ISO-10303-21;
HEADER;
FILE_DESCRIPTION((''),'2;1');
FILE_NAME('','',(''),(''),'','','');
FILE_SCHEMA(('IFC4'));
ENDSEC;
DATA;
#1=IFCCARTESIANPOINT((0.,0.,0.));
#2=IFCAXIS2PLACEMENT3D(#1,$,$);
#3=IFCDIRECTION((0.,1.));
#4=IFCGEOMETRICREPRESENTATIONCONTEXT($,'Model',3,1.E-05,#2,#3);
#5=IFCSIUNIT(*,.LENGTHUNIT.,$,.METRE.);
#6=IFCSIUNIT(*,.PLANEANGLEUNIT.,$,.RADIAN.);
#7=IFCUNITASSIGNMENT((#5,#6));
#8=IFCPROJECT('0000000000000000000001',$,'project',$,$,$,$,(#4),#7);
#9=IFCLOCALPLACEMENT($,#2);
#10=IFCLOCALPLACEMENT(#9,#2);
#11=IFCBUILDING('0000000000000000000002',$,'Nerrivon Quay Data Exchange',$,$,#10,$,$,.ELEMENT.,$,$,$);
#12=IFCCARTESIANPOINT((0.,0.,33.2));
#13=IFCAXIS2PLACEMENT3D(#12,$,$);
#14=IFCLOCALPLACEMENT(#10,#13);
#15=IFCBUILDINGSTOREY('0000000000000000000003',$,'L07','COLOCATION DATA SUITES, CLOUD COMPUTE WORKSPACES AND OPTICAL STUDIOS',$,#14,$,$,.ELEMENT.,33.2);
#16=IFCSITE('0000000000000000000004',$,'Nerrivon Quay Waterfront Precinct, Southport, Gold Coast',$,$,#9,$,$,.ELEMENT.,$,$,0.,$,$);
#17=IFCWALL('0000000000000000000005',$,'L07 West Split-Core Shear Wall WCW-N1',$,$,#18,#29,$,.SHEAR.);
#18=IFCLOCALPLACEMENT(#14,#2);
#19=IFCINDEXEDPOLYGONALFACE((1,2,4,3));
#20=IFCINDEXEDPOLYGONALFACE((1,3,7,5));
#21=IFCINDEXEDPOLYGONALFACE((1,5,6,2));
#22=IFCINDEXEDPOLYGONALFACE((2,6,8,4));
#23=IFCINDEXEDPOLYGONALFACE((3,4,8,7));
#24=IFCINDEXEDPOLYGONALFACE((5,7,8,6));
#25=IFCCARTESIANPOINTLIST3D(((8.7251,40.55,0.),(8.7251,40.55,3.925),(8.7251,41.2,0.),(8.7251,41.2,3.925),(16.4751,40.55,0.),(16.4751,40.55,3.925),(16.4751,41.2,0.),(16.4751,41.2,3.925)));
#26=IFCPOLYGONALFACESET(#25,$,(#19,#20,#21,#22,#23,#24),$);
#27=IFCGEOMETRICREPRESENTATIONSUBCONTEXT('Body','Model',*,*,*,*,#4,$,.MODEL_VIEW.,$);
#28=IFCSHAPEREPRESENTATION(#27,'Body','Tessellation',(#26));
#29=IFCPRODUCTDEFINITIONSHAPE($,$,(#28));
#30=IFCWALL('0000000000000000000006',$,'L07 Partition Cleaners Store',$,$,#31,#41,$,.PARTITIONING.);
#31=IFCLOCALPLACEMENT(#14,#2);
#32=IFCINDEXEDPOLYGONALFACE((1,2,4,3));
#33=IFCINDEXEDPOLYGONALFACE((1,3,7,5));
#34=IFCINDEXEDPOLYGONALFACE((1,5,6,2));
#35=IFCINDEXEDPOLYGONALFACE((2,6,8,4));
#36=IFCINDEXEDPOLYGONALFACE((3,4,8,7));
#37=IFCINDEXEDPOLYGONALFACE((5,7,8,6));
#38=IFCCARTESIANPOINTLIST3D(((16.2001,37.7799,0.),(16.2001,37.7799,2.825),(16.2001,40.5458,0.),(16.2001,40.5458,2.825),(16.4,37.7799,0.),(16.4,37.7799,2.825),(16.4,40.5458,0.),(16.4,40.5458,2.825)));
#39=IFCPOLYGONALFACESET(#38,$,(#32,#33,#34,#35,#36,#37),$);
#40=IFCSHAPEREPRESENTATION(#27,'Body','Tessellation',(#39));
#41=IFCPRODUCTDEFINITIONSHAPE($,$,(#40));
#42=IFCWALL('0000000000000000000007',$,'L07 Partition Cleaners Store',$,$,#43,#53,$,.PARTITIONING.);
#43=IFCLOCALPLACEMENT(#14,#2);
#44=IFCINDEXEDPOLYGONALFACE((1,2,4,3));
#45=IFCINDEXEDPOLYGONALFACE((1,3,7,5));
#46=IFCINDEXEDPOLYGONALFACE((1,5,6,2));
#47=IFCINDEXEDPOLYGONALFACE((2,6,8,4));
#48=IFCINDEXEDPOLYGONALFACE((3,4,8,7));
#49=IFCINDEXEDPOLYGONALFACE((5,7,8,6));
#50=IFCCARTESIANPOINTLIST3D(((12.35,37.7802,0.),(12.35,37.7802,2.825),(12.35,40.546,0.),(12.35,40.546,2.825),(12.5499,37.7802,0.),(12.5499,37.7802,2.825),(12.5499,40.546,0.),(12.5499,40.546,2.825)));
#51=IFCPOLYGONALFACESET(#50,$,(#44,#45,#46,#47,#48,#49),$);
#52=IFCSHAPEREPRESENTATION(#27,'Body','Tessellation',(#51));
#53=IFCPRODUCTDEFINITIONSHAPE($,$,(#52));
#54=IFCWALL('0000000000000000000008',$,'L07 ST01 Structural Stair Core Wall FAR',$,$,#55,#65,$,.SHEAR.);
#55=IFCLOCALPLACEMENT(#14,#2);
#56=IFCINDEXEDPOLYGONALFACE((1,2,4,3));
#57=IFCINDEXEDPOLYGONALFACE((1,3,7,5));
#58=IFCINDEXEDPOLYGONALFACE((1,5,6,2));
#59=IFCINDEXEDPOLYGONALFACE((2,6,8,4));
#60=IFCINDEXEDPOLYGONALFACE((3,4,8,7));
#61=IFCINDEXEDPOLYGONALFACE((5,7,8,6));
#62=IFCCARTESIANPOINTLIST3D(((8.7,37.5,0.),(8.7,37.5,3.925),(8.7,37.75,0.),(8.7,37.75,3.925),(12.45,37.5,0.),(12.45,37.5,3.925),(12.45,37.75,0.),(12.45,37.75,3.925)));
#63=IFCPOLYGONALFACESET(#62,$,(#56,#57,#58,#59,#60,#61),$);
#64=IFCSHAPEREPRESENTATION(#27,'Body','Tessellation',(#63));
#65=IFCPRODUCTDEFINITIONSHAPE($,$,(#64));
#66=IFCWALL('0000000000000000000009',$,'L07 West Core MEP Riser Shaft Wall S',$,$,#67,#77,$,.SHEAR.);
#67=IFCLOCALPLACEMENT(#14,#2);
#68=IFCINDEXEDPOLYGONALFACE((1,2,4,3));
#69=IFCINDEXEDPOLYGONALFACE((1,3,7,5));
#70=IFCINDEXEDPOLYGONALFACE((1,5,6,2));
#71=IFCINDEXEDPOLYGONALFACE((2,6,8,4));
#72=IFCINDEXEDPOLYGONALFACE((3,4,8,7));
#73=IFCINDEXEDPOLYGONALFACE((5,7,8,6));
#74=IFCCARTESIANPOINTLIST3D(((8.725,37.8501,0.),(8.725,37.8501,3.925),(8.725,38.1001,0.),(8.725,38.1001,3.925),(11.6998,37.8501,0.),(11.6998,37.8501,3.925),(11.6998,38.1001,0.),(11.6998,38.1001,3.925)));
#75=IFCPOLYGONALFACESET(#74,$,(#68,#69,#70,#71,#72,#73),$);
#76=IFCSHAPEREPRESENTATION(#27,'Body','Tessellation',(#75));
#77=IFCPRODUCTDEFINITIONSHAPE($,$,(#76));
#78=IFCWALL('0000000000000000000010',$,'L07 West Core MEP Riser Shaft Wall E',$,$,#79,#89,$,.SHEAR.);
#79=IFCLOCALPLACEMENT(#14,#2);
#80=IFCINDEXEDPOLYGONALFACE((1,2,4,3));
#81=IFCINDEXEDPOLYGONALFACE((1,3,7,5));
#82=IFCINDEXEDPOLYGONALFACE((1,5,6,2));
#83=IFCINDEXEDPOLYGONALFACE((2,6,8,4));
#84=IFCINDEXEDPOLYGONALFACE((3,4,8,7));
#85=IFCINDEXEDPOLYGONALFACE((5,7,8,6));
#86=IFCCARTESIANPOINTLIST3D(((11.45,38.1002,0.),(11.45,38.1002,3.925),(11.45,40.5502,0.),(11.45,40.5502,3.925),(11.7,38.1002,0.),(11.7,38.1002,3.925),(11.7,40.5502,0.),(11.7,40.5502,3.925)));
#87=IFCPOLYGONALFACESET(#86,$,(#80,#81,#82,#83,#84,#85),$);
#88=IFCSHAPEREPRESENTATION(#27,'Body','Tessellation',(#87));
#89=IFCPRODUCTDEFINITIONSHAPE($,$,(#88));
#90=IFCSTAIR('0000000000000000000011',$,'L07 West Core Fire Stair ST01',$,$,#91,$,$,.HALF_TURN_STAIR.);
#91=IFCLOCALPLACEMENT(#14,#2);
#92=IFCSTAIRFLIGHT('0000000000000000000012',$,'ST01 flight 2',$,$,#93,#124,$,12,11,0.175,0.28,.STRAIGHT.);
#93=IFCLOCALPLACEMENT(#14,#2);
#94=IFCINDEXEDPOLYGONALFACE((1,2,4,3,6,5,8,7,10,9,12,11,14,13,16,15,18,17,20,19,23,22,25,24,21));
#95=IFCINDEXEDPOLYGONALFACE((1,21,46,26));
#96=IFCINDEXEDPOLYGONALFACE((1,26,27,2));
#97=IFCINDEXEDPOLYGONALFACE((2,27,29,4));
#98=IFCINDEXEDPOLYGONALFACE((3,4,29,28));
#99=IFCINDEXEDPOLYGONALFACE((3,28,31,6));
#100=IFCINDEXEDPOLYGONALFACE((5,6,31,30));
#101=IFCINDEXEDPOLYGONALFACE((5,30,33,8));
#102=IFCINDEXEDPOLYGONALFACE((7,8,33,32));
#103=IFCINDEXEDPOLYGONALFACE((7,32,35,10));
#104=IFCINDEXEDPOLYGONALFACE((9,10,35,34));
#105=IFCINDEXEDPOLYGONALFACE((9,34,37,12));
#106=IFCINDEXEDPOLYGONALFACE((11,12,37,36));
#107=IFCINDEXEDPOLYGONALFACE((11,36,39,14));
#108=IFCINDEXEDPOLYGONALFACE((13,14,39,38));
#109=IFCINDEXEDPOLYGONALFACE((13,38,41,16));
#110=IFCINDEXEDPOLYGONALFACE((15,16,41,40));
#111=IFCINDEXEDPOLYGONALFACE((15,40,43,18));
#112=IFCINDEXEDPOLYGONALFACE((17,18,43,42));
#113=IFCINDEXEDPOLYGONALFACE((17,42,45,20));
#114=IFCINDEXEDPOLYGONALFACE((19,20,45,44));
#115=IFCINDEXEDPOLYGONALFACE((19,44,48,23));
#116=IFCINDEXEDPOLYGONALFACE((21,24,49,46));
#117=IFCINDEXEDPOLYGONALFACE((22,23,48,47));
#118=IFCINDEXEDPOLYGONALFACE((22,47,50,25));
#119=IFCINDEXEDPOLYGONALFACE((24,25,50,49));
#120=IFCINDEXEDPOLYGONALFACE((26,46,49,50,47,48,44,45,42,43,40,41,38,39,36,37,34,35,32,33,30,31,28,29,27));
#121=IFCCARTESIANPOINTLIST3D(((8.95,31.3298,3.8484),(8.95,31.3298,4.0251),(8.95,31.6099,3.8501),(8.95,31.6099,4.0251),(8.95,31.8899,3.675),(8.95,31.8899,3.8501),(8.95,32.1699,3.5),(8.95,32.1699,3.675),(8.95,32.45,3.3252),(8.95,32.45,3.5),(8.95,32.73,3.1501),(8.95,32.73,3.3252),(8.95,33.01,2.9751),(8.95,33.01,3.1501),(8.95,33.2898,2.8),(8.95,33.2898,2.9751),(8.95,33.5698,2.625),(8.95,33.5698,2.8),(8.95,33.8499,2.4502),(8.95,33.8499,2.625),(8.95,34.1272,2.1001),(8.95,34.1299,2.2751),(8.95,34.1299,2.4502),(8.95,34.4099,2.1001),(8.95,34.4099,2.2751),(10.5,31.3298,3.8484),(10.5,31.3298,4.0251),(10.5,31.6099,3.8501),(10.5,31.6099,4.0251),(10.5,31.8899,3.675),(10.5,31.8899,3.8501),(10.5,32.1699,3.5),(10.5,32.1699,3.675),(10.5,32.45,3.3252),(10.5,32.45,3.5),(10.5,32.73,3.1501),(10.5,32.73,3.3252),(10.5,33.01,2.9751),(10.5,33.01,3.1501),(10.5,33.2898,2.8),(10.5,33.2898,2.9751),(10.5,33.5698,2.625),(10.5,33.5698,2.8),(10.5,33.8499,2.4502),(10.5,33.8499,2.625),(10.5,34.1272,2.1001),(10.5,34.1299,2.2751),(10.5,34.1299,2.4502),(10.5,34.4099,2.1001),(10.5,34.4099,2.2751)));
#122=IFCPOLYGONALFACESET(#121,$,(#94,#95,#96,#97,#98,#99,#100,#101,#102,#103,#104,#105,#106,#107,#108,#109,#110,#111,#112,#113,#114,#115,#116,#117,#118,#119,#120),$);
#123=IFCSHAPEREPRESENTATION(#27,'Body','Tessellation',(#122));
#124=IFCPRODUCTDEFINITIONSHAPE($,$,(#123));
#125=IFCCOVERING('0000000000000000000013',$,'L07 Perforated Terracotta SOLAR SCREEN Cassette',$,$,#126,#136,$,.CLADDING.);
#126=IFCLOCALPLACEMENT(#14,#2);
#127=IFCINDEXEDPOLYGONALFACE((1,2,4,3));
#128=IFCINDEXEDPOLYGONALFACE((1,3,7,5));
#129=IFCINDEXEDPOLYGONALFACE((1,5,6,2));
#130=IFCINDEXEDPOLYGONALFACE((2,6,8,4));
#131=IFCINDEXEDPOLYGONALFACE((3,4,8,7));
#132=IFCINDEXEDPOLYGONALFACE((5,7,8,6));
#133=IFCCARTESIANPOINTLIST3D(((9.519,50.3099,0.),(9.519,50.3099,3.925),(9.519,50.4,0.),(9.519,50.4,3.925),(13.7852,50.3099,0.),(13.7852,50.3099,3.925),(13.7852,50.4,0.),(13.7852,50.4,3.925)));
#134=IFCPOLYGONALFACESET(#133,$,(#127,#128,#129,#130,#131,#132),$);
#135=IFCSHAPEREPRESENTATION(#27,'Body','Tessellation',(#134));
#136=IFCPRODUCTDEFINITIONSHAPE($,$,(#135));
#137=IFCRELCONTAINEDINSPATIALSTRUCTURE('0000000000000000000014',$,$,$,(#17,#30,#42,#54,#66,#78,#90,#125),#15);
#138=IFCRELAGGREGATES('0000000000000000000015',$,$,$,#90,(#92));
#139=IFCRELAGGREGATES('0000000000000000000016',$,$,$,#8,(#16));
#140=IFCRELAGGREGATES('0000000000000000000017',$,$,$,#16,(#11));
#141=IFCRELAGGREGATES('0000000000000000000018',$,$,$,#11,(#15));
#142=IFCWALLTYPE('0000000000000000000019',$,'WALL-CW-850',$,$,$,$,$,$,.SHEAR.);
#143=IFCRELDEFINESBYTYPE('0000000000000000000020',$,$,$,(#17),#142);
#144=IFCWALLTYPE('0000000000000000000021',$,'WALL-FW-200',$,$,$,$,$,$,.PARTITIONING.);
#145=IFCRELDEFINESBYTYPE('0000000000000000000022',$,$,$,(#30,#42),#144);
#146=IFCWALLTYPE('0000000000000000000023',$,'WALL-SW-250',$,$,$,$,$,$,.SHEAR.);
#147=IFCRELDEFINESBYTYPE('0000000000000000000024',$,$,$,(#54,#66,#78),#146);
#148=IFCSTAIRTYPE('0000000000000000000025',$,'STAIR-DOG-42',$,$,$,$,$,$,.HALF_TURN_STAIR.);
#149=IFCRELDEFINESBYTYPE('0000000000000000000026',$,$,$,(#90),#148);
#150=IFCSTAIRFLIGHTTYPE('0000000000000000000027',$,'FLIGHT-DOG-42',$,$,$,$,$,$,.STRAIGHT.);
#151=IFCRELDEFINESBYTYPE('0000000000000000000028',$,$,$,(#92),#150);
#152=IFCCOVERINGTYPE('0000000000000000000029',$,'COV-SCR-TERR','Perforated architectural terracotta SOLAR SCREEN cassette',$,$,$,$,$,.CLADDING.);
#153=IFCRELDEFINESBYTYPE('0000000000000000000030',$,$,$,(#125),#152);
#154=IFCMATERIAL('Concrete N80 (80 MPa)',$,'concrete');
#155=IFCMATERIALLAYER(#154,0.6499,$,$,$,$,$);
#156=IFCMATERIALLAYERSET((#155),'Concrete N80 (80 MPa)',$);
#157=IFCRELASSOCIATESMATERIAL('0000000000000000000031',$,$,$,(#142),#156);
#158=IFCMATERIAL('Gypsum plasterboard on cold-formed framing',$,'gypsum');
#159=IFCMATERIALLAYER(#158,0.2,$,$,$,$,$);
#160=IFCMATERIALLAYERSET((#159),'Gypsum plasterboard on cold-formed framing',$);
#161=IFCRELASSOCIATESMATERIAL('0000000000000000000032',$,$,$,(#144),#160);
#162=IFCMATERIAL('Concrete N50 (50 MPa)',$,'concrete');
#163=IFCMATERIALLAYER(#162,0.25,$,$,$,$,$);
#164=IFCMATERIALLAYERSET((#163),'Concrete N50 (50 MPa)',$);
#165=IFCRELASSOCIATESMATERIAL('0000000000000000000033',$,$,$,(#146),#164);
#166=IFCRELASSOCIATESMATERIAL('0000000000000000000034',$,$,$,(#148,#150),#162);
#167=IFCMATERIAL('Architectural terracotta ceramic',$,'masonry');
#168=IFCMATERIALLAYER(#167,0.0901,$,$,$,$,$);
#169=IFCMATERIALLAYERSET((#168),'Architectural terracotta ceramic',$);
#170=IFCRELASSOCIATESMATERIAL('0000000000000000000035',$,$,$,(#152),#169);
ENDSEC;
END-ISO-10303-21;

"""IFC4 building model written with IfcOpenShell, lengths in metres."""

from ifc_helpers import new_model, si_unit, direction, frame, frame_2d, origin, origin_2d, place, context, subcontext, project, spatial, polyline, rectangle, outline, extrude, material, layer, layer_set, type_object, element, aggregate, save


model = new_model("IFC4")

# Units and contexts
model_context = context("Model", 3, precision=1e-05, world=origin(), true_north=direction((0.0, 1.0)))
body_context = subcontext(model_context, "Body", "Model", "MODEL_VIEW")
ifc_project = project(units=[si_unit("LENGTHUNIT", "METRE"), si_unit("PLANEANGLEUNIT", "RADIAN")], contexts=[model_context])

# Site, building, storey
site_placement = place(None, origin())
site = spatial("IfcSite", under=ifc_project, at=site_placement, Name="Nerrivon Quay Waterfront Precinct, Southport, Gold Coast", CompositionType="ELEMENT", RefElevation=0.0)
building_placement = place(site_placement, origin())
building = spatial("IfcBuilding", under=site, at=building_placement, Name="Nerrivon Quay Data Exchange", CompositionType="ELEMENT")
storey_placement = place(building_placement, frame((0.0, 0.0, 33.2)))
storey = spatial("IfcBuildingStorey", under=building, at=storey_placement, Name="L07", Description="COLOCATION DATA SUITES, CLOUD COMPUTE WORKSPACES AND OPTICAL STUDIOS", CompositionType="ELEMENT", Elevation=33.2)

# Shared definitions
ifc_material_1 = material(Name="Concrete N80 (80 MPa)", Category="concrete")

# Walls
ifc_layer_1 = layer(ifc_material_1, 0.6499)
ifc_layer_set_1 = layer_set([ifc_layer_1], Name="Concrete N80 (80 MPa)")
wall_type_1 = type_object("IfcWallType", Name="WALL-CW-850", PredefinedType="SHEAR", material=ifc_layer_set_1)
wall_1_placement = place(storey_placement, frame((8.7251, 40.875, 0.0), z_axis=(0.0, 0.0, 1.0), x_axis=(1.0, 0.0, 0.0)))
element("IfcWall", 1, at=wall_1_placement, inside=storey, type_object=wall_type_1, Name="L07 West Split-Core Shear Wall WCW-N1", PredefinedType="SHEAR", context=body_context, shape_type="SweptSolid", body=[
    extrude(rectangle(XDim=7.75, YDim=0.6499, at=frame_2d((3.875, 0.0))), origin(), (0.0, 0.0, 1.0), 3.925),
])
ifc_material_2 = material(Name="Gypsum plasterboard on cold-formed framing", Category="gypsum")
ifc_layer_2 = layer(ifc_material_2, 0.2)
ifc_layer_set_2 = layer_set([ifc_layer_2], Name="Gypsum plasterboard on cold-formed framing")
wall_type_2 = type_object("IfcWallType", Name="WALL-FW-200", PredefinedType="PARTITIONING", material=ifc_layer_set_2)
for number, where, z_axis, x_axis, name in (
    (2, (16.3, 37.78, 0.0), (0.0, 0.0, 1.0), (0.0, 1.0, 0.0), "L07 Partition Cleaners Store"),
    (3, (12.45, 40.5459, 0.0), (0.0, 0.0, 1.0), (0.0, -1.0, 0.0), "L07 Partition Cleaners Store"),
):
    element("IfcWall", number, at=place(storey_placement, frame(where, z_axis=z_axis, x_axis=x_axis)), inside=storey, type_object=wall_type_2, Name=name, PredefinedType="PARTITIONING", context=body_context, shape_type="SweptSolid", body=[
        extrude(rectangle(XDim=2.7659, YDim=0.2, at=frame_2d((1.3828, 0.0))), origin(), (0.0, 0.0, 1.0), 2.825),
    ])
ifc_material_3 = material(Name="Concrete N50 (50 MPa)", Category="concrete")
ifc_layer_3 = layer(ifc_material_3, 0.25)
ifc_layer_set_3 = layer_set([ifc_layer_3], Name="Concrete N50 (50 MPa)")
wall_type_3 = type_object("IfcWallType", Name="WALL-SW-250", PredefinedType="SHEAR", material=ifc_layer_set_3)
wall_2_placement = place(storey_placement, frame((12.45, 37.625, 0.0), z_axis=(0.0, 0.0, 1.0), x_axis=(-1.0, 0.0, 0.0)))
element("IfcWall", 4, at=wall_2_placement, inside=storey, type_object=wall_type_3, Name="L07 ST01 Structural Stair Core Wall FAR", PredefinedType="SHEAR", context=body_context, shape_type="SweptSolid", body=[
    extrude(rectangle(XDim=3.75, YDim=0.25, at=frame_2d((1.875, 0.0))), origin(), (0.0, 0.0, 1.0), 3.925),
])
wall_3_placement = place(storey_placement, frame((8.7251, 37.9751, 0.0), z_axis=(0.0, 0.0, 1.0), x_axis=(1.0, 0.0, 0.0)))
element("IfcWall", 5, at=wall_3_placement, inside=storey, type_object=wall_type_3, Name="L07 West Core MEP Riser Shaft Wall S", PredefinedType="SHEAR", context=body_context, shape_type="SweptSolid", body=[
    extrude(rectangle(XDim=2.9749, YDim=0.25, at=frame_2d((1.4873, 0.0))), origin(), (0.0, 0.0, 1.0), 3.925),
])
wall_4_placement = place(storey_placement, frame((11.575, 38.1001, 0.0), z_axis=(0.0, 0.0, 1.0), x_axis=(0.0, 1.0, 0.0)))
element("IfcWall", 6, at=wall_4_placement, inside=storey, type_object=wall_type_3, Name="L07 West Core MEP Riser Shaft Wall E", PredefinedType="SHEAR", context=body_context, shape_type="SweptSolid", body=[
    extrude(rectangle(XDim=2.45, YDim=0.25, at=frame_2d((1.2251, 0.0))), origin(), (0.0, 0.0, 1.0), 3.925),
])

# Stair, stair flight
stair_type = type_object("IfcStairType", Name="STAIR-DOG-42", PredefinedType="HALF_TURN_STAIR", material=ifc_material_3)
stair_placement = place(storey_placement, origin())
stair = element("IfcStair", 7, at=stair_placement, inside=storey, type_object=stair_type, Name="L07 West Core Fire Stair ST01", PredefinedType="HALF_TURN_STAIR")
stair_flight_type = type_object("IfcStairFlightType", Name="FLIGHT-DOG-42", PredefinedType="STRAIGHT", material=ifc_material_3)
stair_flight_placement = place(storey_placement, frame((9.7251, 34.4099, 2.1001), z_axis=(0.0, 0.0, 1.0), x_axis=(0.0, -1.0, 0.0)))
stair_flight = element("IfcStairFlight", 8, at=stair_flight_placement, type_object=stair_flight_type, Name="ST01 flight 2", NumberOfRisers=12, NumberOfTreads=11, PredefinedType="STRAIGHT", RiserHeight=0.175, TreadLength=0.28, context=body_context, shape_type="SweptSolid", body=[
    extrude(outline(polyline([(0.0, 0.0), (0.0, 0.175), (0.28, 0.175), (0.28, 0.3501), (0.5601, 0.3501), (0.5601, 0.5249), (0.8401, 0.5249), (0.8401, 0.7), (1.1201, 0.7), (1.1201, 0.875), (1.3999, 0.875), (1.3999, 1.05), (1.6799, 1.05), (1.6799, 1.2251), (1.96, 1.2251), (1.96, 1.3999), (2.24, 1.3999), (2.24, 1.575), (2.52, 1.575), (2.52, 1.75), (2.8, 1.75), (2.8, 1.925), (3.0801, 1.925), (3.0801, 2.1001), (3.0801, 1.7483), (0.2827, 0.0), (0.0, 0.0)])), frame((0.0, 0.7749, 0.0), z_axis=(0.0, -1.0, 0.0), x_axis=(1.0, 0.0, 0.0)), (0.0, 0.0, 1.0), 1.55),
])
aggregate(stair, [stair_flight])

# Covering
ifc_material_4 = material(Name="Architectural terracotta ceramic", Category="masonry")
ifc_layer_4 = layer(ifc_material_4, 0.0901)
ifc_layer_set_4 = layer_set([ifc_layer_4], Name="Architectural terracotta ceramic")
covering_type = type_object("IfcCoveringType", Name="COV-SCR-TERR", Description="Perforated architectural terracotta SOLAR SCREEN cassette", PredefinedType="CLADDING", material=ifc_layer_set_4)
covering_placement = place(storey_placement, frame((11.6521, 50.355, 0.0), z_axis=(0.0, 0.0, 1.0), x_axis=(1.0, 0.0, 0.0)))
element("IfcCovering", 9, at=covering_placement, inside=storey, type_object=covering_type, Name="L07 Perforated Terracotta SOLAR SCREEN Cassette", PredefinedType="CLADDING", context=body_context, shape_type="SweptSolid", body=[
    extrude(rectangle(XDim=4.2661, YDim=0.0901, at=origin_2d()), origin(), (0.0, 0.0, 1.0), 3.925),
])

save(model, "model.ifc")
